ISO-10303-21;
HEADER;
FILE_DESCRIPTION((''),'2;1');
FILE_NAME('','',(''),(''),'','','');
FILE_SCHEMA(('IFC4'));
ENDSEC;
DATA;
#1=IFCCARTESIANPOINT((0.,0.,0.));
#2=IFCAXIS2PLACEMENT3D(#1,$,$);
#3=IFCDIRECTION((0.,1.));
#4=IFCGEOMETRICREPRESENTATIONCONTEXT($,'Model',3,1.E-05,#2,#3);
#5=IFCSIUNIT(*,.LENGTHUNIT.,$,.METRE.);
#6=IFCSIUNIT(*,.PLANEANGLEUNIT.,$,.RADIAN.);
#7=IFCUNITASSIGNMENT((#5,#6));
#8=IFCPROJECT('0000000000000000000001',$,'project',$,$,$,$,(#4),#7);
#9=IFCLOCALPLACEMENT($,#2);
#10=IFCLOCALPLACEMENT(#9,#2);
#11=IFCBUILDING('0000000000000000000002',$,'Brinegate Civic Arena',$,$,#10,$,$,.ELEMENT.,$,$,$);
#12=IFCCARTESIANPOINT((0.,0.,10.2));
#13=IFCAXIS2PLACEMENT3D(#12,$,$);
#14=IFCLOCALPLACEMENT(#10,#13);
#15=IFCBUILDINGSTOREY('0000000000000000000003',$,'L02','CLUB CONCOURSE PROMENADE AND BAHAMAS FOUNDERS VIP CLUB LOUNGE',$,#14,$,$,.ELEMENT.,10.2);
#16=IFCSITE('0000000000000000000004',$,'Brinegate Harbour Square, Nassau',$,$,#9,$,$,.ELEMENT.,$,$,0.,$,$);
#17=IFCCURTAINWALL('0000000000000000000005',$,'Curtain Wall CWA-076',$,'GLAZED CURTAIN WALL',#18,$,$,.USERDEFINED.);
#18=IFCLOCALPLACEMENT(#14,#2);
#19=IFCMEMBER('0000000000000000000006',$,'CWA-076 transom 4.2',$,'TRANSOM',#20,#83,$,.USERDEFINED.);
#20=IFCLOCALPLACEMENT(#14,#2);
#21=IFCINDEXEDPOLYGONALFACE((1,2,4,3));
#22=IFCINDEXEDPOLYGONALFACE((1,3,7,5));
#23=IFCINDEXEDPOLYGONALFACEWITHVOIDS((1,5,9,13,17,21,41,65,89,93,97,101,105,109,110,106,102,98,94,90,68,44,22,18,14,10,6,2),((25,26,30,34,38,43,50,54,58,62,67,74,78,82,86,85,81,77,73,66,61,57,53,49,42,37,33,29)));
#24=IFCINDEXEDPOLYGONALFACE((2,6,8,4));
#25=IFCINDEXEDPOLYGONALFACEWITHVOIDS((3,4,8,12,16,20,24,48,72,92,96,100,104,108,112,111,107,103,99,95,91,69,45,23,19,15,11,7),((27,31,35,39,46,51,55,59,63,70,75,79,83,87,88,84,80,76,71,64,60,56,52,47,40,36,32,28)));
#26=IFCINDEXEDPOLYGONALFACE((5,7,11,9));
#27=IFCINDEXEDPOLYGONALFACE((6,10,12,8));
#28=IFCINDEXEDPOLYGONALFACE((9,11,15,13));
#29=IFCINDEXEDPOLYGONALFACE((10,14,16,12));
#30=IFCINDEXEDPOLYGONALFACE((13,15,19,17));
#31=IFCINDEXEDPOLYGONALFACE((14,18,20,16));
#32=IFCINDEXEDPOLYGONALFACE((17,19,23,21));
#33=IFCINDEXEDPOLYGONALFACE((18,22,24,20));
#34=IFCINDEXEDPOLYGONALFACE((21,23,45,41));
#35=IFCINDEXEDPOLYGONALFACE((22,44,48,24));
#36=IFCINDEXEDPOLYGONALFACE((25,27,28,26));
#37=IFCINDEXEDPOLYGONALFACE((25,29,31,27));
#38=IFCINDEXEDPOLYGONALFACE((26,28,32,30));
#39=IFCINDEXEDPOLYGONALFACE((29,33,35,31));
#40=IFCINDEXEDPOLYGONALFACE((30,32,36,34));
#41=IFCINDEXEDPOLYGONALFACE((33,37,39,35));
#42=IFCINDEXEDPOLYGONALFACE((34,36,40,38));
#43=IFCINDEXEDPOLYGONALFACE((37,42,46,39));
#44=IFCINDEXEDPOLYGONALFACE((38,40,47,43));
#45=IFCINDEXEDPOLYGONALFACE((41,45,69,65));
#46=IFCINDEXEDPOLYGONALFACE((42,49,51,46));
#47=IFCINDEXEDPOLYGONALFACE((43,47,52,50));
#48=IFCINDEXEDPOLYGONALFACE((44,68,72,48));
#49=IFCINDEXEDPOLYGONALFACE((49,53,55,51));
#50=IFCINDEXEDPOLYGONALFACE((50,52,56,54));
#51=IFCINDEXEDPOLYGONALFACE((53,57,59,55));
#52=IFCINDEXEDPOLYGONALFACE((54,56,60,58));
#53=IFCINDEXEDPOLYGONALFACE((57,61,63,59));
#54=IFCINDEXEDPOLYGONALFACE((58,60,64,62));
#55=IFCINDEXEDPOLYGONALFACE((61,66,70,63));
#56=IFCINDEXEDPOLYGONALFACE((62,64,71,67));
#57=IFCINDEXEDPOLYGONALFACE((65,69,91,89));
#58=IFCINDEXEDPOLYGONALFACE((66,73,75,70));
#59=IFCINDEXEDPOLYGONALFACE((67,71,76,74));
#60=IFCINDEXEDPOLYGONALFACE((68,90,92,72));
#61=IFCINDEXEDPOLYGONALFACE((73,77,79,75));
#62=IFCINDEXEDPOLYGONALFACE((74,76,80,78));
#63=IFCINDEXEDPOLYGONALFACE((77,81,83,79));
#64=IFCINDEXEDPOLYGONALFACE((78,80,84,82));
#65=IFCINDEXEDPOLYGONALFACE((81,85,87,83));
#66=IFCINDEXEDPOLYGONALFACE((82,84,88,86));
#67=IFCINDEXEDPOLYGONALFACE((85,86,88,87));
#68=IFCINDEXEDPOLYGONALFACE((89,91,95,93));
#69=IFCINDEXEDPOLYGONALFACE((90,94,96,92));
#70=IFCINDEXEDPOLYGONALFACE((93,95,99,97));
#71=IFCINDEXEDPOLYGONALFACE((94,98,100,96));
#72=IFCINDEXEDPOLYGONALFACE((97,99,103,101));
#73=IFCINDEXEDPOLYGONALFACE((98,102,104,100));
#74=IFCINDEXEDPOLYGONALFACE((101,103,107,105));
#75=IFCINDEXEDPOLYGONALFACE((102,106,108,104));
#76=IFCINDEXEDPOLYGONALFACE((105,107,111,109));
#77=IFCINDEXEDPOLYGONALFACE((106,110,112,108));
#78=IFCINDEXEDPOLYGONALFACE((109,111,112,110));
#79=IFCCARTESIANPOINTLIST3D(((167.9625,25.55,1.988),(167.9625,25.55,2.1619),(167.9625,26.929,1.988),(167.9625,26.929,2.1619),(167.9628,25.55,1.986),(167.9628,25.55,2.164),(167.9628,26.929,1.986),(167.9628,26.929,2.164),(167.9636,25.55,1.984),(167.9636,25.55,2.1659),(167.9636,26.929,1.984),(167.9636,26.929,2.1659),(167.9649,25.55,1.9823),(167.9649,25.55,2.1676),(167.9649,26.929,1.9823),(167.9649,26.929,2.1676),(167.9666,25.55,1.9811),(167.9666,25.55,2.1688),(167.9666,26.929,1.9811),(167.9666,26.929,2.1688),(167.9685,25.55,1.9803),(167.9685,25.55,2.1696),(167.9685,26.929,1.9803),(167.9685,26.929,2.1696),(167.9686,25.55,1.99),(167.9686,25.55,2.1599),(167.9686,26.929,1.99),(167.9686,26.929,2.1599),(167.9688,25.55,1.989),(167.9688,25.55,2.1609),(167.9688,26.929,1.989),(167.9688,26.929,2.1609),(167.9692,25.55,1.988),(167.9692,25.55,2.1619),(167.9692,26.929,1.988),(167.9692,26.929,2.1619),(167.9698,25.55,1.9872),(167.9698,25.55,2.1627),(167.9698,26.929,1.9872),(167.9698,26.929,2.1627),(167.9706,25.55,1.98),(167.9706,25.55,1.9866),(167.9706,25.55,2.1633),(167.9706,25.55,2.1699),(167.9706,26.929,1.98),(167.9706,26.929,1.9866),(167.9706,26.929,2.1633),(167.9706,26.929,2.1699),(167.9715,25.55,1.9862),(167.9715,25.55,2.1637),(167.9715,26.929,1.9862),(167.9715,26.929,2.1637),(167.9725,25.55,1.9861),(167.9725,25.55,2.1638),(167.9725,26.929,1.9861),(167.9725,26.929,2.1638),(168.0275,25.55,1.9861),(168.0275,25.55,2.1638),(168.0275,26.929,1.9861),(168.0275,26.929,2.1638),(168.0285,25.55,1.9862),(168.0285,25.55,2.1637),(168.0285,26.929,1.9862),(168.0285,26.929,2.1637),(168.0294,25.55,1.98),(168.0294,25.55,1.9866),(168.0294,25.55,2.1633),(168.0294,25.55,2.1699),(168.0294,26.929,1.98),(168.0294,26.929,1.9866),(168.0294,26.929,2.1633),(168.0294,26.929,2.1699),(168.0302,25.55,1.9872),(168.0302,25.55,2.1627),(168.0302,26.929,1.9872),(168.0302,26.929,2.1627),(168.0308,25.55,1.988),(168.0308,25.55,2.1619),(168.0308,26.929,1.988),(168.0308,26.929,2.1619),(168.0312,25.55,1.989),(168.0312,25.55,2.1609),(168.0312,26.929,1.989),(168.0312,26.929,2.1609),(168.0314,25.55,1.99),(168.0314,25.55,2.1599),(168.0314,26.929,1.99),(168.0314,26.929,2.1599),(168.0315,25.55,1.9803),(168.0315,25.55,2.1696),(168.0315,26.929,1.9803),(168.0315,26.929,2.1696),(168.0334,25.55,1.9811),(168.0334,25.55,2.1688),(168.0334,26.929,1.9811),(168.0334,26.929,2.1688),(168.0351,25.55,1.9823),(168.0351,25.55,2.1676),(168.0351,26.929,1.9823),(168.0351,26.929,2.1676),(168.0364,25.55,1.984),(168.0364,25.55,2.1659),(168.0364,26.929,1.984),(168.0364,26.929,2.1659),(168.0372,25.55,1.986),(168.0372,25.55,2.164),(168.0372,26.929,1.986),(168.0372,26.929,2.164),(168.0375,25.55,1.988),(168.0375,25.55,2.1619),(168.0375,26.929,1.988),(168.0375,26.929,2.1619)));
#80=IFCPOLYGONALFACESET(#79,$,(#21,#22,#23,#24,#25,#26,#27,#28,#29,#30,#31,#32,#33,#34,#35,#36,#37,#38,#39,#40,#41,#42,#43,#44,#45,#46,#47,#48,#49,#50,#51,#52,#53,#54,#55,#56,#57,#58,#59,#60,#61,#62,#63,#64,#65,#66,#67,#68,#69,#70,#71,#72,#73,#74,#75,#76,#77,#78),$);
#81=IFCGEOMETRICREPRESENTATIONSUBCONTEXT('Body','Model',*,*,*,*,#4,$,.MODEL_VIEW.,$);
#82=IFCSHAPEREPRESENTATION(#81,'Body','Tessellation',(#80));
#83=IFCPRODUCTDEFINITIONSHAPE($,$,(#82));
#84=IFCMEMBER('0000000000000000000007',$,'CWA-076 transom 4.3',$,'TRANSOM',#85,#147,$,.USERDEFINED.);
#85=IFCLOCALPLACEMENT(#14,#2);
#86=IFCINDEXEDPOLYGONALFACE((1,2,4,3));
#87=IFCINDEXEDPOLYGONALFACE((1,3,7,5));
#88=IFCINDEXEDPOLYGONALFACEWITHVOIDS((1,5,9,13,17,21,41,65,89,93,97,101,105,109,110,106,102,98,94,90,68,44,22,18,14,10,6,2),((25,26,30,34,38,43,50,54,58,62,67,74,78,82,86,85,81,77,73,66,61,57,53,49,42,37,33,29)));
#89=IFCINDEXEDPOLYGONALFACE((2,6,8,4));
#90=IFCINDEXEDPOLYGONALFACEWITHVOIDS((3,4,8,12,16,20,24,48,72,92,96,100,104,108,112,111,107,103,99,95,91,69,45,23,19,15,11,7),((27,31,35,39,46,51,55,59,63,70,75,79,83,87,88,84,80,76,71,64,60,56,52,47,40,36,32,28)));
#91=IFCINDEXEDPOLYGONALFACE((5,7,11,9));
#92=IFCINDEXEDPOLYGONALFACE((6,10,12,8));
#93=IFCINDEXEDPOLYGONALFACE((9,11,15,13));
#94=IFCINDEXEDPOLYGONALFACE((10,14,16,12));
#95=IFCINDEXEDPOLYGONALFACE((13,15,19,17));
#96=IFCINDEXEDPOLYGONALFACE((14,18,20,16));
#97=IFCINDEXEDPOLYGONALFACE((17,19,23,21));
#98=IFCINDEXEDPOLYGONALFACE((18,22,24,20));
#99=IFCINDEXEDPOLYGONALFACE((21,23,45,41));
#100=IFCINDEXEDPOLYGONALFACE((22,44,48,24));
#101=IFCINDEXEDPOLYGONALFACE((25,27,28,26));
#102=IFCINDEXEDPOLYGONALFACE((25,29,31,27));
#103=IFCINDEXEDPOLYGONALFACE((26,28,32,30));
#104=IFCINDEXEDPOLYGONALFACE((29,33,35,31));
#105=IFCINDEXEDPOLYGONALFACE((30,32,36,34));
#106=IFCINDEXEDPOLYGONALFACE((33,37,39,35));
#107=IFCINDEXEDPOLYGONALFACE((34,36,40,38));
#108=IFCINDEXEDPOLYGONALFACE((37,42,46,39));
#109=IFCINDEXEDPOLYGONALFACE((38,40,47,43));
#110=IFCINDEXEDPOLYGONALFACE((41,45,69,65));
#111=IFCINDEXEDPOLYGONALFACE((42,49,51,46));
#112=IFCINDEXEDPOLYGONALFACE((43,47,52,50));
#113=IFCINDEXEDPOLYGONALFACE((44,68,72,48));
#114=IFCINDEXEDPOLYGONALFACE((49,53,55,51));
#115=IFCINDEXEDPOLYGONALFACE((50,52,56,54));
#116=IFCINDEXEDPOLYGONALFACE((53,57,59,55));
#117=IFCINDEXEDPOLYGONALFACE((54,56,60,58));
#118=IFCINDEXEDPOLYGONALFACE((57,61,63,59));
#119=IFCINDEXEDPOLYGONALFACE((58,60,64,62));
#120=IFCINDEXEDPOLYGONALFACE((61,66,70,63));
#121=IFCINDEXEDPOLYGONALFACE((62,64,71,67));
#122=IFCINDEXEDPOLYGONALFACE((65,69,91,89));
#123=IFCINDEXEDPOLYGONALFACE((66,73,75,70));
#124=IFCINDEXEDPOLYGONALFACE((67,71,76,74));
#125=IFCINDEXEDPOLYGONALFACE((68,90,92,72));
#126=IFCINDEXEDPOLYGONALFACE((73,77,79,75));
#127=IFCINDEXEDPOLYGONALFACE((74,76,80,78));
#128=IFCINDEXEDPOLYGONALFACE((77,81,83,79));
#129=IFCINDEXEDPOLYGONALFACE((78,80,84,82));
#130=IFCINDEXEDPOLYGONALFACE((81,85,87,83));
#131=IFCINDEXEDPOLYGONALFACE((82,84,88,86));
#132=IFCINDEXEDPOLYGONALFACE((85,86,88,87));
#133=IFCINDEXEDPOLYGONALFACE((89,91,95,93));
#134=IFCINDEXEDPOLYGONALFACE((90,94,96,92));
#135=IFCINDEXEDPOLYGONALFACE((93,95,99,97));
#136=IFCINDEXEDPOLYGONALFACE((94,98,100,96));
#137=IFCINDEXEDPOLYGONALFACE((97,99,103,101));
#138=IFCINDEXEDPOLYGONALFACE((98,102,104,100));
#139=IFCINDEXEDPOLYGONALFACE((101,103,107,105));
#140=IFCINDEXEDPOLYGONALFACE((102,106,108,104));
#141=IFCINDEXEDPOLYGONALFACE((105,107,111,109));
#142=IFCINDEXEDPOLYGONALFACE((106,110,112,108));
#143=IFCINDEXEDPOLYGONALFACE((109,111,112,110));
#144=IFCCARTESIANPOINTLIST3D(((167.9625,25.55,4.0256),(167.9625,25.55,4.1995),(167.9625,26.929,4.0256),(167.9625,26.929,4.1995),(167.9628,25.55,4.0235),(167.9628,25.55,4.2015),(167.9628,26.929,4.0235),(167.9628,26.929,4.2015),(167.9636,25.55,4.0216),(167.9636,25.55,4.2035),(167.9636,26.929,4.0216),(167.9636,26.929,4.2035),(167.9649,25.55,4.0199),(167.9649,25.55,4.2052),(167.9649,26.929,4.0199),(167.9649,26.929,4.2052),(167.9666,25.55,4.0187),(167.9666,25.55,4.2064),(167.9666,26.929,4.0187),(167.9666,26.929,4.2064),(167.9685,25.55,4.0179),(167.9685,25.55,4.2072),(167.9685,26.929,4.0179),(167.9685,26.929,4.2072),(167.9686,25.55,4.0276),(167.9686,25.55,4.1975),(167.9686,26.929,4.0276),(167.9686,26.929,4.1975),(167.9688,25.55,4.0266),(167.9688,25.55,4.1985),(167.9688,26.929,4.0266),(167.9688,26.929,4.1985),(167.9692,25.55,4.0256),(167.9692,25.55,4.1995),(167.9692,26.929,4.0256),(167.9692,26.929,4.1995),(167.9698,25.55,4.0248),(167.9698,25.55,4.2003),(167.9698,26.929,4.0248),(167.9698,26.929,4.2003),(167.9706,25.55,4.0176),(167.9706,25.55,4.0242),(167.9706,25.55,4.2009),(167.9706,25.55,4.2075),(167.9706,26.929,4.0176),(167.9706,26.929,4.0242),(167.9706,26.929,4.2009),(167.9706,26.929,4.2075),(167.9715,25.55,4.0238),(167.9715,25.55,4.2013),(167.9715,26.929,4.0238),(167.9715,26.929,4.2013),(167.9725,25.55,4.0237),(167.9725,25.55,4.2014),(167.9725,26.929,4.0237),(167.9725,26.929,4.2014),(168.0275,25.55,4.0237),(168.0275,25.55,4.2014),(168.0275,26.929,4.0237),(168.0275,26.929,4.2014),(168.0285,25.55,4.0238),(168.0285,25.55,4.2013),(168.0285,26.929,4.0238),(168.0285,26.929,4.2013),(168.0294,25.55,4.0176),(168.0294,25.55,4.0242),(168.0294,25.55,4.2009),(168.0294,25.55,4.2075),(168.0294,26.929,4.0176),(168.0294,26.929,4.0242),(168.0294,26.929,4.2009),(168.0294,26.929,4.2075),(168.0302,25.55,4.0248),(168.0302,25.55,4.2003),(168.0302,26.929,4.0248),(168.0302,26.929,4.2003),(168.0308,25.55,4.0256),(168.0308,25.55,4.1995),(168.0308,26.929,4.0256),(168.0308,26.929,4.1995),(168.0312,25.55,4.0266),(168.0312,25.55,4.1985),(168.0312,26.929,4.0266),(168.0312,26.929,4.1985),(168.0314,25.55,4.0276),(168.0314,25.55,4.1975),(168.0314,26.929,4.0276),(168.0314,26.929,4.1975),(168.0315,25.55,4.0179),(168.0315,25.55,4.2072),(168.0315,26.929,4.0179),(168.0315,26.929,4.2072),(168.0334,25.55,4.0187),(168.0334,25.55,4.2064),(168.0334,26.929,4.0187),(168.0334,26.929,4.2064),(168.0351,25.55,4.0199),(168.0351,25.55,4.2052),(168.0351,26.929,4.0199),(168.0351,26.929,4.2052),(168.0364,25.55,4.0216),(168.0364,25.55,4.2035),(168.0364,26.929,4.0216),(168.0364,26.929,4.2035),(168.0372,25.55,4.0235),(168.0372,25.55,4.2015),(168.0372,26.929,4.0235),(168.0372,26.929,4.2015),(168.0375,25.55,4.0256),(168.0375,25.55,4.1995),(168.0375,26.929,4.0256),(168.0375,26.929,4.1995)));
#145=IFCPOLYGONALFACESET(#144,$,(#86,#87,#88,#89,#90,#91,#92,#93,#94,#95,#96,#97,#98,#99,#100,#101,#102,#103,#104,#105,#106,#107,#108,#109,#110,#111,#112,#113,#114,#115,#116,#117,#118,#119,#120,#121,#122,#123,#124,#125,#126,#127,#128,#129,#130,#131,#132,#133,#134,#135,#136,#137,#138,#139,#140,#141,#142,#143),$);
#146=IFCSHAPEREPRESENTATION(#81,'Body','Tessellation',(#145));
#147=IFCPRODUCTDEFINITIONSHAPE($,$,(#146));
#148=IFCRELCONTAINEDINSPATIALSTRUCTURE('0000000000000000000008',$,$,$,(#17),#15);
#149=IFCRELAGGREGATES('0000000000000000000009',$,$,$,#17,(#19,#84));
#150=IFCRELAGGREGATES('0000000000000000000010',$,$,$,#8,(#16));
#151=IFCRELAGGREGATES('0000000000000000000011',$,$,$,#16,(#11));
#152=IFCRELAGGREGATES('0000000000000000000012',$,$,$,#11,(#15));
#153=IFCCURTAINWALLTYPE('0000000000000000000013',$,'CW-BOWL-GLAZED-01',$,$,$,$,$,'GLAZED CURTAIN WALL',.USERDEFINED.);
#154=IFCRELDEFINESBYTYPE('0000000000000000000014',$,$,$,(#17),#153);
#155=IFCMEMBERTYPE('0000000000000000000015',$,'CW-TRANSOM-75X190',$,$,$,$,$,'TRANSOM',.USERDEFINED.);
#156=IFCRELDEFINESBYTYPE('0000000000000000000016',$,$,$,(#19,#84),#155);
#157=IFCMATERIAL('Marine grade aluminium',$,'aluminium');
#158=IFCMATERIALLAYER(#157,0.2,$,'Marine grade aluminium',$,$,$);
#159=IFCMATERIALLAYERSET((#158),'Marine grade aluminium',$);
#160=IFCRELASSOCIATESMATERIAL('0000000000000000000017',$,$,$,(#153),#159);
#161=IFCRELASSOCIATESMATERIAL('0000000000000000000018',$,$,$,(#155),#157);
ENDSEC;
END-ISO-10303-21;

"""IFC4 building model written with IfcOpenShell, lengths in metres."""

from ifc_helpers import new_model, si_unit, direction, frame, origin, origin_2d, place, context, subcontext, project, spatial, hollow_rectangle, extrude, material, layer, layer_set, material_profile, profile_set, type_object, element, aggregate, save


model = new_model("IFC4")

# Units and contexts
model_context = context("Model", 3, precision=1e-05, world=origin(), true_north=direction((0.0, 1.0)))
body_context = subcontext(model_context, "Body", "Model", "MODEL_VIEW")
ifc_project = project(units=[si_unit("LENGTHUNIT", "METRE"), si_unit("PLANEANGLEUNIT", "RADIAN")], contexts=[model_context])

# Site, building, storey
site_placement = place(None, origin())
site = spatial("IfcSite", under=ifc_project, at=site_placement, Name="Brinegate Harbour Square, Nassau", CompositionType="ELEMENT", RefElevation=0.0)
building_placement = place(site_placement, origin())
building = spatial("IfcBuilding", under=site, at=building_placement, Name="Brinegate Civic Arena", CompositionType="ELEMENT")
storey_placement = place(building_placement, frame((0.0, 0.0, 10.2)))
storey = spatial("IfcBuildingStorey", under=building, at=storey_placement, Name="L02", Description="CLUB CONCOURSE PROMENADE AND BAHAMAS FOUNDERS VIP CLUB LOUNGE", CompositionType="ELEMENT", Elevation=10.2)

# Curtain wall, members
ifc_material_1 = material(Name="Marine grade aluminium", Category="aluminium")
ifc_layer_1 = layer(ifc_material_1, 0.2, Name="Marine grade aluminium")
ifc_layer_set_1 = layer_set([ifc_layer_1], Name="Marine grade aluminium")
curtain_wall_type = type_object("IfcCurtainWallType", Name="CW-BOWL-GLAZED-01", ElementType="GLAZED CURTAIN WALL", PredefinedType="USERDEFINED", material=ifc_layer_set_1)
curtain_wall_placement = place(storey_placement, origin())
curtain_wall = element("IfcCurtainWall", 1, at=curtain_wall_placement, inside=storey, type_object=curtain_wall_type, Name="Curtain Wall CWA-076", ObjectType="GLAZED CURTAIN WALL", PredefinedType="USERDEFINED")
ifc_material_profile_1 = material_profile(ifc_material_1, hollow_rectangle(XDim=0.075, YDim=0.1899, WallThickness=0.0061, InnerFilletRadius=0.0039, OuterFilletRadius=0.0081, at=origin_2d()), Name="TRN75X190")
ifc_profile_set_1 = profile_set([ifc_material_profile_1], Name="Marine grade aluminium")
member_type_1 = type_object("IfcMemberType", Name="CW-TRANSOM-75X190", ElementType="TRANSOM", PredefinedType="USERDEFINED", material=ifc_profile_set_1)
member_1_placement = place(storey_placement, frame((168.0, 25.55, 2.075), z_axis=(0.0, 1.0, 0.0), x_axis=(-1.0, 0.0, 0.0)))
member_1 = element("IfcMember", 2, at=member_1_placement, type_object=member_type_1, Name="CWA-076 transom 4.2", ObjectType="TRANSOM", PredefinedType="USERDEFINED", context=body_context, shape_type="SweptSolid", body=[
    extrude(hollow_rectangle(XDim=0.075, YDim=0.1899, WallThickness=0.0061, InnerFilletRadius=0.0039, OuterFilletRadius=0.0081, at=origin_2d()), origin(), (0.0, 0.0, 1.0), 1.3789),
])
member_2_placement = place(storey_placement, frame((168.0, 25.55, 4.1125), z_axis=(0.0, 1.0, 0.0), x_axis=(-1.0, 0.0, 0.0)))
member_2 = element("IfcMember", 3, at=member_2_placement, type_object=member_type_1, Name="CWA-076 transom 4.3", ObjectType="TRANSOM", PredefinedType="USERDEFINED", context=body_context, shape_type="SweptSolid", body=[
    extrude(hollow_rectangle(XDim=0.075, YDim=0.1899, WallThickness=0.0061, InnerFilletRadius=0.0039, OuterFilletRadius=0.0081, at=origin_2d()), origin(), (0.0, 0.0, 1.0), 1.3789),
])

aggregate(curtain_wall, [member_1, member_2])

save(model, "model.ifc")
